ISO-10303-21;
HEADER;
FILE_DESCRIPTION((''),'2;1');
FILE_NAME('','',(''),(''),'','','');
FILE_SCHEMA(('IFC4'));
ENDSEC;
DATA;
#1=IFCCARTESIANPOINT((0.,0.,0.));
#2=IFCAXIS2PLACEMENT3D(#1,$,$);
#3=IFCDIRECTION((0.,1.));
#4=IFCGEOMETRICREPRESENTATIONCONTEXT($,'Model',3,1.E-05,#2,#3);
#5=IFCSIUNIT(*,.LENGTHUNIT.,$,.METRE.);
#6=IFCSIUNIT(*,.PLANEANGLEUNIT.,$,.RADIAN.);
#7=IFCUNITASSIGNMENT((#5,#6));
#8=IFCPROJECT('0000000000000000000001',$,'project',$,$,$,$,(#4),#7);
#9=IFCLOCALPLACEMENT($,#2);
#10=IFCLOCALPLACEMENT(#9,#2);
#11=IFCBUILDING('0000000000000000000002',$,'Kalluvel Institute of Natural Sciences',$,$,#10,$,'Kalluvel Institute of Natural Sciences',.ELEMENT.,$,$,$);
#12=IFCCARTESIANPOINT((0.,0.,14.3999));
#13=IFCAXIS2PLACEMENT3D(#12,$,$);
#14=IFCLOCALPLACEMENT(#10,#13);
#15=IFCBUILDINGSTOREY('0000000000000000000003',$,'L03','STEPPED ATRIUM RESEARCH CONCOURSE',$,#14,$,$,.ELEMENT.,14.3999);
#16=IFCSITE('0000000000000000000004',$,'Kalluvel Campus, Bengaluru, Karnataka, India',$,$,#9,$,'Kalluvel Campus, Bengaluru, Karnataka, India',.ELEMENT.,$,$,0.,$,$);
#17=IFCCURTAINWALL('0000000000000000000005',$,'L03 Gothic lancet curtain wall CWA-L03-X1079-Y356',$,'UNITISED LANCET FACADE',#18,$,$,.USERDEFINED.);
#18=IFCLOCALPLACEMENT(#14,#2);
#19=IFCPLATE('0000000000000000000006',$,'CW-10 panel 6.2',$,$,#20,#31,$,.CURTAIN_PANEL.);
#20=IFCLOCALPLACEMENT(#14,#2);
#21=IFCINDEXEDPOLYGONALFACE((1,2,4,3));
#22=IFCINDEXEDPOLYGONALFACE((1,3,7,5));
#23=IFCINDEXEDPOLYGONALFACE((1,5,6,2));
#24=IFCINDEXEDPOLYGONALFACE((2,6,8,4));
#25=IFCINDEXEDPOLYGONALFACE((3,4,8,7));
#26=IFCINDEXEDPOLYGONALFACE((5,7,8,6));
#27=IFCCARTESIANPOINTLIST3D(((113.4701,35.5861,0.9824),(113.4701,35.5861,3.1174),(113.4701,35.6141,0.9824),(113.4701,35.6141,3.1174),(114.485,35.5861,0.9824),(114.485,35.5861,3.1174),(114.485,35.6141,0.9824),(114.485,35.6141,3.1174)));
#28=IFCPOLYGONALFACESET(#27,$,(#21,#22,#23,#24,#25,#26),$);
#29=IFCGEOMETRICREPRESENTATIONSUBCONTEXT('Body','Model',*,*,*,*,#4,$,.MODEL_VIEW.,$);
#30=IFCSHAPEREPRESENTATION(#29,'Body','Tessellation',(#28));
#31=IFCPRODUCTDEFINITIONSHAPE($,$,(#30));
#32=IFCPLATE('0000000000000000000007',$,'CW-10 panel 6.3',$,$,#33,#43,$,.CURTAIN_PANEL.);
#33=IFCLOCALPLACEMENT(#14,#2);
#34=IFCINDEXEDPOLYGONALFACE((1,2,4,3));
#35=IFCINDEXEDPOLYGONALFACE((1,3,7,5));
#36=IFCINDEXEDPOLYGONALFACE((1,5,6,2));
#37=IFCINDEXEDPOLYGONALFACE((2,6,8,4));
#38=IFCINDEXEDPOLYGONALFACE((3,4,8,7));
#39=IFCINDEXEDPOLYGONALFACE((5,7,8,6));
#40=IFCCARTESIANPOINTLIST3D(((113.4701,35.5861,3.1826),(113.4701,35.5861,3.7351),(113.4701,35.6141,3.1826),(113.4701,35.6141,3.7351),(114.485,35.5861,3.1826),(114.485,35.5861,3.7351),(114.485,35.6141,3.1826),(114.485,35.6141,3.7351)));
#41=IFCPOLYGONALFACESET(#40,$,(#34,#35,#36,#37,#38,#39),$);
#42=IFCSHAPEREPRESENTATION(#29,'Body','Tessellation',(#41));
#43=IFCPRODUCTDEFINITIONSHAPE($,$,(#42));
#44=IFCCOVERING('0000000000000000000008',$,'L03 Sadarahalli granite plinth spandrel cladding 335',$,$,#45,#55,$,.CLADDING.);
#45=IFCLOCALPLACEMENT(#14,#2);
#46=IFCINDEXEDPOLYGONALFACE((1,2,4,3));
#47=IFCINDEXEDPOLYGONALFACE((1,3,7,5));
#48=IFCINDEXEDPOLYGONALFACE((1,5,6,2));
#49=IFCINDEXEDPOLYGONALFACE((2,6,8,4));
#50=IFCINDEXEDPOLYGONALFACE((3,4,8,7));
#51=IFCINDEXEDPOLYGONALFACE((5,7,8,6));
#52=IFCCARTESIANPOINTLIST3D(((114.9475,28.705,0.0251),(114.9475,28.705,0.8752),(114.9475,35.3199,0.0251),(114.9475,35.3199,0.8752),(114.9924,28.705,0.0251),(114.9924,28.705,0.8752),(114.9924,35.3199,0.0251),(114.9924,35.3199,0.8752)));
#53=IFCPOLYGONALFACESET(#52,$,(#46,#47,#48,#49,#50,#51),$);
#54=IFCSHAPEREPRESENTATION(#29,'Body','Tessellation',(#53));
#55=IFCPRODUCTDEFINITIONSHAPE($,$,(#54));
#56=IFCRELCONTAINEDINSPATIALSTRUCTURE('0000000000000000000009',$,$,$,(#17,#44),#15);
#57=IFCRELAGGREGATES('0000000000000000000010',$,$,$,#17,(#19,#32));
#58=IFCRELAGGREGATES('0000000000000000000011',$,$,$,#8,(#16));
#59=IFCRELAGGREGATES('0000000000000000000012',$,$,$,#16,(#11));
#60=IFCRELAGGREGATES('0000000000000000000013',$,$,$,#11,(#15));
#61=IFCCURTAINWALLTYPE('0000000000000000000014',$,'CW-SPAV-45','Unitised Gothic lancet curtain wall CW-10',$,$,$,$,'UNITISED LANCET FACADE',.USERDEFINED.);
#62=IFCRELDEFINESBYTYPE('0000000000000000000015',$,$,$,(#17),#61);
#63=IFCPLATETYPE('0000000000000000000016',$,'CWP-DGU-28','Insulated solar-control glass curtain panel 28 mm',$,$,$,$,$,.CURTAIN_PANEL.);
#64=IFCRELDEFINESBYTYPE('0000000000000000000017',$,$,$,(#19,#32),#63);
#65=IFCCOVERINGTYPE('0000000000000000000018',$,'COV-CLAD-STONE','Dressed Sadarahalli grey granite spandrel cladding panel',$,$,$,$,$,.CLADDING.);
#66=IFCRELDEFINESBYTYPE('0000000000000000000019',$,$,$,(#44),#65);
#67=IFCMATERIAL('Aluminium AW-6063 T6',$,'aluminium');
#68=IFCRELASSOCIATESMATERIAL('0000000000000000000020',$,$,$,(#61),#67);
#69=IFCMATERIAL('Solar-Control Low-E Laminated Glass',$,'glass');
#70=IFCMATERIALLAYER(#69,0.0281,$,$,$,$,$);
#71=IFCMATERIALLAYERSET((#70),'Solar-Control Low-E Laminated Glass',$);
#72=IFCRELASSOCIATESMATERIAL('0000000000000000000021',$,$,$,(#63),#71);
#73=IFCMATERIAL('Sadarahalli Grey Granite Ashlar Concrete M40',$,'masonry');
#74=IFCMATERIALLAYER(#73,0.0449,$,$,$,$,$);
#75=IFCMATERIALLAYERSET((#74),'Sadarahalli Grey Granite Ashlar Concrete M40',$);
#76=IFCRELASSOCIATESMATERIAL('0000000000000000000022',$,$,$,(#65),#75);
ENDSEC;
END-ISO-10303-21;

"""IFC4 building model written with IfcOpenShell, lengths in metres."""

from ifc_helpers import new_model, si_unit, direction, frame, origin, origin_2d, place, context, subcontext, project, spatial, rectangle, extrude, material, layer, layer_set, type_object, element, aggregate, save


model = new_model("IFC4")

# Units and contexts
model_context = context("Model", 3, precision=1e-05, world=origin(), true_north=direction((0.0, 1.0)))
body_context = subcontext(model_context, "Body", "Model", "MODEL_VIEW")
ifc_project = project(units=[si_unit("LENGTHUNIT", "METRE"), si_unit("PLANEANGLEUNIT", "RADIAN")], contexts=[model_context])

# Site, building, storey
site_placement = place(None, origin())
site = spatial("IfcSite", under=ifc_project, at=site_placement, Name="Kalluvel Campus, Bengaluru, Karnataka, India", LongName="Kalluvel Campus, Bengaluru, Karnataka, India", CompositionType="ELEMENT", RefElevation=0.0)
building_placement = place(site_placement, origin())
building = spatial("IfcBuilding", under=site, at=building_placement, Name="Kalluvel Institute of Natural Sciences", LongName="Kalluvel Institute of Natural Sciences", CompositionType="ELEMENT")
storey_placement = place(building_placement, frame((0.0, 0.0, 14.3999)))
storey = spatial("IfcBuildingStorey", under=building, at=storey_placement, Name="L03", Description="STEPPED ATRIUM RESEARCH CONCOURSE", CompositionType="ELEMENT", Elevation=14.3999)

# Curtain wall, plates
ifc_material_1 = material(Name="Aluminium AW-6063 T6", Category="aluminium")
curtain_wall_type = type_object("IfcCurtainWallType", Name="CW-SPAV-45", Description="Unitised Gothic lancet curtain wall CW-10", ElementType="UNITISED LANCET FACADE", PredefinedType="USERDEFINED", material=ifc_material_1)
curtain_wall_placement = place(storey_placement, origin())
curtain_wall = element("IfcCurtainWall", 1, at=curtain_wall_placement, inside=storey, type_object=curtain_wall_type, Name="L03 Gothic lancet curtain wall CWA-L03-X1079-Y356", ObjectType="UNITISED LANCET FACADE", PredefinedType="USERDEFINED")
ifc_material_2 = material(Name="Solar-Control Low-E Laminated Glass", Category="glass")
ifc_layer_1 = layer(ifc_material_2, 0.0281)
ifc_layer_set_1 = layer_set([ifc_layer_1], Name="Solar-Control Low-E Laminated Glass")
plate_type = type_object("IfcPlateType", Name="CWP-DGU-28", Description="Insulated solar-control glass curtain panel 28 mm", PredefinedType="CURTAIN_PANEL", material=ifc_layer_set_1)
plate_1_placement = place(storey_placement, frame((113.9775, 35.6001, 0.9824), z_axis=(0.0, 0.0, 1.0), x_axis=(1.0, 0.0, 0.0)))
plate_1 = element("IfcPlate", 2, at=plate_1_placement, type_object=plate_type, Name="CW-10 panel 6.2", PredefinedType="CURTAIN_PANEL", context=body_context, shape_type="SweptSolid", body=[
    extrude(rectangle(XDim=1.0149, YDim=0.0281, at=origin_2d()), origin(), (0.0, 0.0, 1.0), 2.135),
])
plate_2_placement = place(storey_placement, frame((113.9775, 35.6001, 3.1826), z_axis=(0.0, 0.0, 1.0), x_axis=(1.0, 0.0, 0.0)))
plate_2 = element("IfcPlate", 3, at=plate_2_placement, type_object=plate_type, Name="CW-10 panel 6.3", PredefinedType="CURTAIN_PANEL", context=body_context, shape_type="SweptSolid", body=[
    extrude(rectangle(XDim=1.0149, YDim=0.0281, at=origin_2d()), origin(), (0.0, 0.0, 1.0), 0.5525),
])
aggregate(curtain_wall, [plate_1, plate_2])

# Covering
ifc_material_3 = material(Name="Sadarahalli Grey Granite Ashlar Concrete M40", Category="masonry")
ifc_layer_2 = layer(ifc_material_3, 0.0449)
ifc_layer_set_2 = layer_set([ifc_layer_2], Name="Sadarahalli Grey Granite Ashlar Concrete M40")
covering_type = type_object("IfcCoveringType", Name="COV-CLAD-STONE", Description="Dressed Sadarahalli grey granite spandrel cladding panel", PredefinedType="CLADDING", material=ifc_layer_set_2)
covering_placement = place(storey_placement, frame((114.97, 32.0125, 0.0251), z_axis=(0.0, 0.0, 1.0), x_axis=(0.0, 1.0, 0.0)))
element("IfcCovering", 4, at=covering_placement, inside=storey, type_object=covering_type, Name="L03 Sadarahalli granite plinth spandrel cladding 335", PredefinedType="CLADDING", context=body_context, shape_type="SweptSolid", body=[
    extrude(rectangle(XDim=6.615, YDim=0.0449, at=origin_2d()), origin(), (0.0, 0.0, 1.0), 0.8501),
])

save(model, "model.ifc")
